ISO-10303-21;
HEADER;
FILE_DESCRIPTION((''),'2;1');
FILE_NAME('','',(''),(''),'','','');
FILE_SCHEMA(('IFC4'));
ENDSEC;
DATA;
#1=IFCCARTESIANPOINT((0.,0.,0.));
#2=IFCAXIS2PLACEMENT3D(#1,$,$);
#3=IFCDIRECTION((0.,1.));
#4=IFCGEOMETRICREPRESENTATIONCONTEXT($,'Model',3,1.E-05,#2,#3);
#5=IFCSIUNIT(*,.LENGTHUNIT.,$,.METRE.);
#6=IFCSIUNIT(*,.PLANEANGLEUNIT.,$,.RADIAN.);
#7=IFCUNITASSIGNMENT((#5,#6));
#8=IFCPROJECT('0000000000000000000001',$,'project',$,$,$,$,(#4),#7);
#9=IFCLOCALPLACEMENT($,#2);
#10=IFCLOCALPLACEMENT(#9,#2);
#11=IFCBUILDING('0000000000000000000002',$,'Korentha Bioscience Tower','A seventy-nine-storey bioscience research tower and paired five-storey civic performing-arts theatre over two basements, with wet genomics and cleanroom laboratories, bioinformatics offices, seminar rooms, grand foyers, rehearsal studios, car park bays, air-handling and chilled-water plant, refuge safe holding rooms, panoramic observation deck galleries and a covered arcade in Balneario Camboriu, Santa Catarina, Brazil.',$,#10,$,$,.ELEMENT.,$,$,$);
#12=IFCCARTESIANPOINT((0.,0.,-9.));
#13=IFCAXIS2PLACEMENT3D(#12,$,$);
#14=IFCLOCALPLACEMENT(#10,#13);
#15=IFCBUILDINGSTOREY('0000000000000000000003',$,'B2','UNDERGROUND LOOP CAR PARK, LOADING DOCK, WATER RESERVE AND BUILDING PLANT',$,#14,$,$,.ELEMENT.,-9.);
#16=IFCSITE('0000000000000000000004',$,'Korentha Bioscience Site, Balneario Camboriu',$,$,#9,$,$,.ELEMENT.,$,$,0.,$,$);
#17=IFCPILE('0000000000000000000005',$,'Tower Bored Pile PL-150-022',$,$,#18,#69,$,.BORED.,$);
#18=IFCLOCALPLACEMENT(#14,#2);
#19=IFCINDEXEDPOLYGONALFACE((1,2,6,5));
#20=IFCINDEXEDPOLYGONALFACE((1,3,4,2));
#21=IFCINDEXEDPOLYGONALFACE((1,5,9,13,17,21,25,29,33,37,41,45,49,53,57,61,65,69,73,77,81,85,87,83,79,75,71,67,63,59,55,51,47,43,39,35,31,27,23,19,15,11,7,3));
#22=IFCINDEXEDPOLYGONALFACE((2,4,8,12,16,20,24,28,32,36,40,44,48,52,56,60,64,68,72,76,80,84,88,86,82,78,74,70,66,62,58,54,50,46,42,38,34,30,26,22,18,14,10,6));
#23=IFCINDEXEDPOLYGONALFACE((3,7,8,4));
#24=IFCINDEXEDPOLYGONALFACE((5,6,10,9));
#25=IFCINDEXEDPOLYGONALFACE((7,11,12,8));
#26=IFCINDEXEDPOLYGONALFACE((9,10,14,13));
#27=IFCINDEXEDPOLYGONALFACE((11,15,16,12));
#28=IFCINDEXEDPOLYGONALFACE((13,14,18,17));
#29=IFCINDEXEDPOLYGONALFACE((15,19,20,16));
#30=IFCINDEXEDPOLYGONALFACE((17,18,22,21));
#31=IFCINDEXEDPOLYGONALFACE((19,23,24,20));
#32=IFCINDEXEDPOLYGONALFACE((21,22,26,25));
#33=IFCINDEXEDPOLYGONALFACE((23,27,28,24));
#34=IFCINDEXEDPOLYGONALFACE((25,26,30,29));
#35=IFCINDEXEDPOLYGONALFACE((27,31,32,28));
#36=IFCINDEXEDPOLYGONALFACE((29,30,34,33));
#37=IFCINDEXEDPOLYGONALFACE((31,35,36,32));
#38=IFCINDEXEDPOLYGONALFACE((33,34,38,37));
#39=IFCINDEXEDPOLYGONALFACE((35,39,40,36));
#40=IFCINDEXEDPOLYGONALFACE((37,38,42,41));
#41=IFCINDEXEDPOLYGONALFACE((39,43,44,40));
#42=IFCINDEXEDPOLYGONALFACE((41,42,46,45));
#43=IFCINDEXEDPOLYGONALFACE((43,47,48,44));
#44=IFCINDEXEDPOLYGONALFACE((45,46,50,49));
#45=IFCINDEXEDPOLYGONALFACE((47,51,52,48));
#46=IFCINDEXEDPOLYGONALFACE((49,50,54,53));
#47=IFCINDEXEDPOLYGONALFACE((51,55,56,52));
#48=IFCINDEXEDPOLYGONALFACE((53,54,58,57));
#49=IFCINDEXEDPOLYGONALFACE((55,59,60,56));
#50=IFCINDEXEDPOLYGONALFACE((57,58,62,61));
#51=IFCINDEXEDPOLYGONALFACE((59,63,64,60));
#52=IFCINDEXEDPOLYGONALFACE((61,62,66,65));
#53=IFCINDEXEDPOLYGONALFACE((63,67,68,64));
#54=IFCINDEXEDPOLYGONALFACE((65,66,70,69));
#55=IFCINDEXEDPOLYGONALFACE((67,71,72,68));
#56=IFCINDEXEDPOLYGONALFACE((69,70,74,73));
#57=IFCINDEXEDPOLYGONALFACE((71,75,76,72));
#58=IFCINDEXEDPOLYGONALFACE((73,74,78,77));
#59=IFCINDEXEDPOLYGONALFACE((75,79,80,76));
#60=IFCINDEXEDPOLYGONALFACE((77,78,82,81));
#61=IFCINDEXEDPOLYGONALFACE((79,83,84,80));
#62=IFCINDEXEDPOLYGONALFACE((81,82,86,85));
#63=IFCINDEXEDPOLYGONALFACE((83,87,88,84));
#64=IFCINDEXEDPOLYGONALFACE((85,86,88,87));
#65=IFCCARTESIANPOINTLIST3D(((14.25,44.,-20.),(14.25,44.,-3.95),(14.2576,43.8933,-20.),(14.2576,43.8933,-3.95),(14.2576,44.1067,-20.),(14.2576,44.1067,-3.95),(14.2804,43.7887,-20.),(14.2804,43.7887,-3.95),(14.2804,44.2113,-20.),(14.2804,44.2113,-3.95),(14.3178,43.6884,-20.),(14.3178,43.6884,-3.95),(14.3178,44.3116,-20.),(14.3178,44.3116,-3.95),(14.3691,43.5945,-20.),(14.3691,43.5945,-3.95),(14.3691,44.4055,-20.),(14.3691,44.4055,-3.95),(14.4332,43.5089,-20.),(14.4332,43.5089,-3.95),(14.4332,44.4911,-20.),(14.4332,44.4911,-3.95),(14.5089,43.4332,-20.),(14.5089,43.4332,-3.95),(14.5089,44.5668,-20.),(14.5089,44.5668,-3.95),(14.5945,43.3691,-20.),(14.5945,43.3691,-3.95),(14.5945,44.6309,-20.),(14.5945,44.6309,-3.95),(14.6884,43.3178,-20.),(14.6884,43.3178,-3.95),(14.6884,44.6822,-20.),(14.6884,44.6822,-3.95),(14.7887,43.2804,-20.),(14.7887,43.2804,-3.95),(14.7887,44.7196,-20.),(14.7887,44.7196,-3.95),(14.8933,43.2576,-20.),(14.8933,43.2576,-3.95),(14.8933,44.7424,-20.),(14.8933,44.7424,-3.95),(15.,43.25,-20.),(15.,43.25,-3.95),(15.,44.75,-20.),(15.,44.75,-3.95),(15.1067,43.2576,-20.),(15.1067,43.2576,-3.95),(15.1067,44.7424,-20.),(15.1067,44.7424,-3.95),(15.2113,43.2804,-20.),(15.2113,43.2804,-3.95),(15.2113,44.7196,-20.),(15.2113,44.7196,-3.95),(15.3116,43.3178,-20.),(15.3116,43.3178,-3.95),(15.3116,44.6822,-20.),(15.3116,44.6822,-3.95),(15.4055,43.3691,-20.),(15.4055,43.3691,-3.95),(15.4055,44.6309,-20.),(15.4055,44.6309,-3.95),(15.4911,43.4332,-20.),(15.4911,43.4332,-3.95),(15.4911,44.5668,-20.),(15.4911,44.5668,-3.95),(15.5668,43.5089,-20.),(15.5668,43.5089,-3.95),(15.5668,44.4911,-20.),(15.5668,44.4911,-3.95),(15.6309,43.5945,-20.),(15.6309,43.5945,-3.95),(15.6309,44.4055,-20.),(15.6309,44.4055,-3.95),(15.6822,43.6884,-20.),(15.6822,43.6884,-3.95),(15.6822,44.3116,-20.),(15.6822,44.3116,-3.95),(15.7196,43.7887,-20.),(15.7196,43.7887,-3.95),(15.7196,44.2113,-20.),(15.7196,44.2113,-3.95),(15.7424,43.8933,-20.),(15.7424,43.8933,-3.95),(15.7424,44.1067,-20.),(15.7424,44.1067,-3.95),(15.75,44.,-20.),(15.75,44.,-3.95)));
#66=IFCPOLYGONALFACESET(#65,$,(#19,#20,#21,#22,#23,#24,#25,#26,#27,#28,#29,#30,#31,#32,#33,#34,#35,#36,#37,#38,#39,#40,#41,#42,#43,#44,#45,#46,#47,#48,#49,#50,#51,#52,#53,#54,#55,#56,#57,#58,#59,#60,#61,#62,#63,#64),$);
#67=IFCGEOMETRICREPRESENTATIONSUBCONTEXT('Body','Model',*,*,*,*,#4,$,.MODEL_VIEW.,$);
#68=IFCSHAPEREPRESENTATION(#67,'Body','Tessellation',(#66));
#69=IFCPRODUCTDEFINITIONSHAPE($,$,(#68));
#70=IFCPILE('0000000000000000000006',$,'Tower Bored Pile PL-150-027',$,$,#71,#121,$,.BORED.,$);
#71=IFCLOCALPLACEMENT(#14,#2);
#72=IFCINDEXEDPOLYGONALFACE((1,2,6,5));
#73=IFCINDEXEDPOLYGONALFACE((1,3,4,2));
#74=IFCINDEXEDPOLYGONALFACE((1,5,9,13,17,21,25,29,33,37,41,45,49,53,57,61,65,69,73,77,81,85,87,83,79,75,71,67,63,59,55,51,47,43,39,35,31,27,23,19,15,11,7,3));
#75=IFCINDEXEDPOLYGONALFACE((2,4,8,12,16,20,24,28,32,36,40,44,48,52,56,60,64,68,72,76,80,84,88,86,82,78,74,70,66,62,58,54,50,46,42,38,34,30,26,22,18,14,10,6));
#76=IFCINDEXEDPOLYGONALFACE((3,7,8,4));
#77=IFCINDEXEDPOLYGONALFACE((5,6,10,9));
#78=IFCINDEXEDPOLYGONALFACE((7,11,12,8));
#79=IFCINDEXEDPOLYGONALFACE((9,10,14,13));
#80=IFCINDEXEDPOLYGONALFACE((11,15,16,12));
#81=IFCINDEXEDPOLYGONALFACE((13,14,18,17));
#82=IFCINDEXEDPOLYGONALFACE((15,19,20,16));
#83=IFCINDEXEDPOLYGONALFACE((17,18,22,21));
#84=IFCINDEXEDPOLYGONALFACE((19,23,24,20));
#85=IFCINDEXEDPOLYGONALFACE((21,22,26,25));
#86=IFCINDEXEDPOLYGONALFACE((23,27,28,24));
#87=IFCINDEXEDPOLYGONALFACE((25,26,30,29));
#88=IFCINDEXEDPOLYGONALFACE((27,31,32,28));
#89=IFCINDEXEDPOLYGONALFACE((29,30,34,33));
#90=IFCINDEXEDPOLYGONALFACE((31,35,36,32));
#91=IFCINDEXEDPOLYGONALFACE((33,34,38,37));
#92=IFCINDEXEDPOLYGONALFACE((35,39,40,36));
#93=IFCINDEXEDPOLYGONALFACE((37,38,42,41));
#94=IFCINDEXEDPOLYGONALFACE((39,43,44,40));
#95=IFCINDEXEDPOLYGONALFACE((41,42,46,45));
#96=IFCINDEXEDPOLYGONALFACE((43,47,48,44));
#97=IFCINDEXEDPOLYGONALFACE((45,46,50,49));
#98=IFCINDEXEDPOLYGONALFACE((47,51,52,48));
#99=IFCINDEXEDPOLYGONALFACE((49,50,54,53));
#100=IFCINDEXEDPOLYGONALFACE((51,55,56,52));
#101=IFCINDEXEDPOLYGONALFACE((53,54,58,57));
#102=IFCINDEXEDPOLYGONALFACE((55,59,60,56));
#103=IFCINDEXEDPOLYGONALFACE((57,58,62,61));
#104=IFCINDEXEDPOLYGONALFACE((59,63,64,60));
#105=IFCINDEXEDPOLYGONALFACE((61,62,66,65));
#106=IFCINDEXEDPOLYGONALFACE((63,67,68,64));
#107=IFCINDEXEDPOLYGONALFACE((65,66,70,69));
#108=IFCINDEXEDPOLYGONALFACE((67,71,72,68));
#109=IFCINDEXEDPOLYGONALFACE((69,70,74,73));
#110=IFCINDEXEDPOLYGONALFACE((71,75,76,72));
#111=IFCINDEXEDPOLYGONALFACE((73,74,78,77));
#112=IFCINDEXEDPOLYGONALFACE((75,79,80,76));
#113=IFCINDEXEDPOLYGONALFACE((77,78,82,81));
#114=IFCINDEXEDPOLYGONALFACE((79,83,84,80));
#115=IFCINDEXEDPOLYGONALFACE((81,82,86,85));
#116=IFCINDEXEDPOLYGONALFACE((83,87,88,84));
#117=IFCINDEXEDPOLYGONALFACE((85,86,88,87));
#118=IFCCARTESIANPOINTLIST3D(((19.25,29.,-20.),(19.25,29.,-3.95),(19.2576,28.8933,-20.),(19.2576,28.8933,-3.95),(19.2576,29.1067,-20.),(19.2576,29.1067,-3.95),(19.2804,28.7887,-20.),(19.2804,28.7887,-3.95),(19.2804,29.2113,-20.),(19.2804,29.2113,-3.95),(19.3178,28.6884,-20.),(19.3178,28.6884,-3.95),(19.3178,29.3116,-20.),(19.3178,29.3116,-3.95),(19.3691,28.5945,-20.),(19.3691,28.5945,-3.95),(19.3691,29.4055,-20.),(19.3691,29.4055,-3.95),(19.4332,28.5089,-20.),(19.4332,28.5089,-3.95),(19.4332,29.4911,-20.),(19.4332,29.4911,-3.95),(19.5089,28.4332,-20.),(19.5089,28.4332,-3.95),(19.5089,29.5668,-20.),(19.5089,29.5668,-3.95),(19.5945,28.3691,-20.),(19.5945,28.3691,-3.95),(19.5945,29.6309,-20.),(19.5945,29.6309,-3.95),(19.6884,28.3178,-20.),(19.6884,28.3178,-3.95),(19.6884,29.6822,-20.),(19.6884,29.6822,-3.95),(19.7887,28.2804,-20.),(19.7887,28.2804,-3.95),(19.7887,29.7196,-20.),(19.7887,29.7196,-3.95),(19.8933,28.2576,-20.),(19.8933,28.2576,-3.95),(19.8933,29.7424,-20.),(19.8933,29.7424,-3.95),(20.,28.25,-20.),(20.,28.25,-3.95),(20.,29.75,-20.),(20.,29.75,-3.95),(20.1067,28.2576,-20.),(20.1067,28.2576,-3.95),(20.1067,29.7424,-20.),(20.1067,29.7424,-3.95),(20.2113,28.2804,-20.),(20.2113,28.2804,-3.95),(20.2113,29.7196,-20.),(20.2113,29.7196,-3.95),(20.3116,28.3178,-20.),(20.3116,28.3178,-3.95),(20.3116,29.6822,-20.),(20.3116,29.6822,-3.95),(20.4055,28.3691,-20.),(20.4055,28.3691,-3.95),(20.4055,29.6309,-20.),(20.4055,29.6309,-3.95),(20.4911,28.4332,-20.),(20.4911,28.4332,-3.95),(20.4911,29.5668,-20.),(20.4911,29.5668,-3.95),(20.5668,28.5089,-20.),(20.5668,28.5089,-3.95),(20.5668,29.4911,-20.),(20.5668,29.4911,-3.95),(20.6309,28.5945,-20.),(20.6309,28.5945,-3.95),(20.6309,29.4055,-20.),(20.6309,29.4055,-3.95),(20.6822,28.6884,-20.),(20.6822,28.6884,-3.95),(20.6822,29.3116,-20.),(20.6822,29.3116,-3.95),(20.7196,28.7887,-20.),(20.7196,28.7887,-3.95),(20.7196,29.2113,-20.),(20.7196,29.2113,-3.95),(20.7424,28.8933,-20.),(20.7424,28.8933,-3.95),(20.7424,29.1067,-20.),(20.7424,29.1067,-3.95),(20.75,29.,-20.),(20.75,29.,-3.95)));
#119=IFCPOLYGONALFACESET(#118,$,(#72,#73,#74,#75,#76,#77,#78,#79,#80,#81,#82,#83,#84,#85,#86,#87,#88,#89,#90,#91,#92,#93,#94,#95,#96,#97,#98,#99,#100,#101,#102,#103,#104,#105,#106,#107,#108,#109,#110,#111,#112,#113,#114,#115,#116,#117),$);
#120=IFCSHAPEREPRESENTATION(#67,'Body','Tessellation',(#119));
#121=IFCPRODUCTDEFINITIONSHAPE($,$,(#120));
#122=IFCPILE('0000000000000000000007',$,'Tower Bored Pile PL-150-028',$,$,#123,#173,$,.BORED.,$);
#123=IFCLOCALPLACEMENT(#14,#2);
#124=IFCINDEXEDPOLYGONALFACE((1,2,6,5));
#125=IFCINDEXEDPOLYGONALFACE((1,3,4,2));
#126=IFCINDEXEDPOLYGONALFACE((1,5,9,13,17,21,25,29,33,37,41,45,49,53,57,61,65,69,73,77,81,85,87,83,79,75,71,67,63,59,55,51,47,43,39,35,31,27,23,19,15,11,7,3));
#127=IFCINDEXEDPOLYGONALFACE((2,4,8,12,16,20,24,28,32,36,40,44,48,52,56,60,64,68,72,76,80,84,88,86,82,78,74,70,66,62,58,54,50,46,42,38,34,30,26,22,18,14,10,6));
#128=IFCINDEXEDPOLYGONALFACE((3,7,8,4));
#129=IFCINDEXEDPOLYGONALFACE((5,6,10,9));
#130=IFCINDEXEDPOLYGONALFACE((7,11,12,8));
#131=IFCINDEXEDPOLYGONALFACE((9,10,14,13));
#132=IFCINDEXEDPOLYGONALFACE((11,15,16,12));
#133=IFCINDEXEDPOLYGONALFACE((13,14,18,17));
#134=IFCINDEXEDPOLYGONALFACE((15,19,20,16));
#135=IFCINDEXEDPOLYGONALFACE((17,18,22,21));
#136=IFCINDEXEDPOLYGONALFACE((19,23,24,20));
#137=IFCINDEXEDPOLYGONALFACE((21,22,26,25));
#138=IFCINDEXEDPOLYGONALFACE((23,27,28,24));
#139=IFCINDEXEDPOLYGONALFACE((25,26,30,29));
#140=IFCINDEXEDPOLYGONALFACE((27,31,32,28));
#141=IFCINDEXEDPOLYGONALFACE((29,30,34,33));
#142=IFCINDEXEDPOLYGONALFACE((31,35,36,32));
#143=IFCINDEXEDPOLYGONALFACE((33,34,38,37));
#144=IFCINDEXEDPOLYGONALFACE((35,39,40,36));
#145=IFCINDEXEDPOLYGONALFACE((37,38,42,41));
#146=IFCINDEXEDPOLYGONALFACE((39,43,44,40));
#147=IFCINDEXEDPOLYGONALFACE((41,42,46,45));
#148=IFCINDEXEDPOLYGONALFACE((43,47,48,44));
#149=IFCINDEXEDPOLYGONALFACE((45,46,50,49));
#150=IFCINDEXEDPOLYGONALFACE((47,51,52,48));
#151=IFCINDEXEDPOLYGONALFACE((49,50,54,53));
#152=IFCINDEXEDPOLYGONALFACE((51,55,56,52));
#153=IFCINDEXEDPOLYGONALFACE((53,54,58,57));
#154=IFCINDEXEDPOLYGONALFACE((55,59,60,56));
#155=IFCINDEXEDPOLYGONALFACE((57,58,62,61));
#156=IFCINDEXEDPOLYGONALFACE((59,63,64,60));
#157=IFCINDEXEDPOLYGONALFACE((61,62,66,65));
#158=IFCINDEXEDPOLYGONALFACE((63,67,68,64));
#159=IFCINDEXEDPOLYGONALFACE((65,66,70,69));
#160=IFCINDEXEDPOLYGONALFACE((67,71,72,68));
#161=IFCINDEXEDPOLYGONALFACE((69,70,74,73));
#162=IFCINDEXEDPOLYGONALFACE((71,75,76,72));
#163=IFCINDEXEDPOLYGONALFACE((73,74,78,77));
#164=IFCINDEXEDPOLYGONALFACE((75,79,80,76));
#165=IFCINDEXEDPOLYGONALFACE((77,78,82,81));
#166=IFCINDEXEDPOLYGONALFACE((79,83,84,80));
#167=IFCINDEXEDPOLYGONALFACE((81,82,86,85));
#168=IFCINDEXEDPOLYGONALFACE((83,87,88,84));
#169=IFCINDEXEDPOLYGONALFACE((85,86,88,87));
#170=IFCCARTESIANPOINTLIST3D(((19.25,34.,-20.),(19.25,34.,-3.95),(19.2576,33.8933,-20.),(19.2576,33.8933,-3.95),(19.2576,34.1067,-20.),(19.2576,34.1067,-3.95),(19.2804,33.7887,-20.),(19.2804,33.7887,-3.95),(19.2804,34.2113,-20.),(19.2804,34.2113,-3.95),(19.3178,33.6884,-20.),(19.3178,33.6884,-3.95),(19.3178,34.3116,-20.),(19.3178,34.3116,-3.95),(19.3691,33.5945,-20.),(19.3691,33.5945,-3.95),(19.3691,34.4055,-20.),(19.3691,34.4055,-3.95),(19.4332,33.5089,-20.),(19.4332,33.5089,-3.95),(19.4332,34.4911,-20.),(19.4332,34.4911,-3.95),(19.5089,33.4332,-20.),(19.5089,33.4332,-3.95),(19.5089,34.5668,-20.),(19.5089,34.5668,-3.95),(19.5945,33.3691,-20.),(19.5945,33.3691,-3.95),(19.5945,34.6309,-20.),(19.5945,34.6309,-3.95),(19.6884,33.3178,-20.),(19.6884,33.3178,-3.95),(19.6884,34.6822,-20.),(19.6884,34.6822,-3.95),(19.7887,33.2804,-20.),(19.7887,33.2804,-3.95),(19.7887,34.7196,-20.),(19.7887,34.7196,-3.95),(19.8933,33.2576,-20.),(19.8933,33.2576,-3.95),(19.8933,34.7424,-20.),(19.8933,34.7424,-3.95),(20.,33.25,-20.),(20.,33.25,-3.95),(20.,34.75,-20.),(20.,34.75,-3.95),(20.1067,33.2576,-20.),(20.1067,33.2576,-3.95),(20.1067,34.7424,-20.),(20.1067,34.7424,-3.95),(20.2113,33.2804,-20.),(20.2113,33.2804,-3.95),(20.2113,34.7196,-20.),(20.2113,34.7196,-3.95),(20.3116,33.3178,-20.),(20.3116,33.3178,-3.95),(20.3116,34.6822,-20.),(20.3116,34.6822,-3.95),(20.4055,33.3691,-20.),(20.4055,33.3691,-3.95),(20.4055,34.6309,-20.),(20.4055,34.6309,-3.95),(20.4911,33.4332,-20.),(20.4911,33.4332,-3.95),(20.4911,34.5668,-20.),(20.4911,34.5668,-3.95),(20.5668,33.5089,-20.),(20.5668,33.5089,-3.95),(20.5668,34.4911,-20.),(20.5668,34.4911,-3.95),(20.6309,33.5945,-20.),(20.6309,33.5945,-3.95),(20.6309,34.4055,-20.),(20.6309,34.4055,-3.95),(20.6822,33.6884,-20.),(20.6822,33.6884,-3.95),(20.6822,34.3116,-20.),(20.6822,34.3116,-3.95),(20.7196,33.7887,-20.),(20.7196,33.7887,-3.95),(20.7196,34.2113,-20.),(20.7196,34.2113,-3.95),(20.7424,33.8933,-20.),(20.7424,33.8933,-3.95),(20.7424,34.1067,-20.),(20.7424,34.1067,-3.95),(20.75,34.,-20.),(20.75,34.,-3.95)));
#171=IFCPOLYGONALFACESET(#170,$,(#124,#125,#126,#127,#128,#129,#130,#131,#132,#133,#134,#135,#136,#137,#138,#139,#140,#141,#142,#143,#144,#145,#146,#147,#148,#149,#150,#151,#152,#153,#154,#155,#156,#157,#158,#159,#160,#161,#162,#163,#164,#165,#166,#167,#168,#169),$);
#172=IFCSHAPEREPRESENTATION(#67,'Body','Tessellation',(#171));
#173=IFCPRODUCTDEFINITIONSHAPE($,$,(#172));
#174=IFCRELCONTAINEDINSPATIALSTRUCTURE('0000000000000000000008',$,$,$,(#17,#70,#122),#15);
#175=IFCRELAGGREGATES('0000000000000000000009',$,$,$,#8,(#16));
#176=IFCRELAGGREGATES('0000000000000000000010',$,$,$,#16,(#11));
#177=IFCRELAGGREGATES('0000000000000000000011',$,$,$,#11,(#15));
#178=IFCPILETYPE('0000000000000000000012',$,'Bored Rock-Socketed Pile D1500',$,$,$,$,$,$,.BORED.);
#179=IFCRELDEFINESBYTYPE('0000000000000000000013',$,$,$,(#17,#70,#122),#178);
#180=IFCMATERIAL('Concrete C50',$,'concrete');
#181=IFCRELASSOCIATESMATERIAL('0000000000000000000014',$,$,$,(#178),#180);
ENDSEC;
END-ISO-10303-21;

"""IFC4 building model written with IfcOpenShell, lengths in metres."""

from ifc_helpers import new_model, si_unit, direction, frame, origin, origin_2d, place, context, subcontext, project, spatial, circle, extrude, material, material_profile, profile_set, type_object, element, save


model = new_model("IFC4")

# Units and contexts
model_context = context("Model", 3, precision=1e-05, world=origin(), true_north=direction((0.0, 1.0)))
body_context = subcontext(model_context, "Body", "Model", "MODEL_VIEW")
ifc_project = project(units=[si_unit("LENGTHUNIT", "METRE"), si_unit("PLANEANGLEUNIT", "RADIAN")], contexts=[model_context])

# Site, building, storey
site_placement = place(None, origin())
site = spatial("IfcSite", under=ifc_project, at=site_placement, Name="Korentha Bioscience Site, Balneario Camboriu", CompositionType="ELEMENT", RefElevation=0.0)
building_placement = place(site_placement, origin())
building = spatial("IfcBuilding", under=site, at=building_placement, Name="Korentha Bioscience Tower", Description="A seventy-nine-storey bioscience research tower and paired five-storey civic performing-arts theatre over two basements, with wet genomics and cleanroom laboratories, bioinformatics offices, seminar rooms, grand foyers, rehearsal studios, car park bays, air-handling and chilled-water plant, refuge safe holding rooms, panoramic observation deck galleries and a covered arcade in Balneario Camboriu, Santa Catarina, Brazil.", CompositionType="ELEMENT")
storey_placement = place(building_placement, frame((0.0, 0.0, -9.0)))
storey = spatial("IfcBuildingStorey", under=building, at=storey_placement, Name="B2", Description="UNDERGROUND LOOP CAR PARK, LOADING DOCK, WATER RESERVE AND BUILDING PLANT", CompositionType="ELEMENT", Elevation=-9.0)

# Piles
ifc_material_1 = material(Name="Concrete C50", Category="concrete")
ifc_material_profile_1 = material_profile(ifc_material_1, circle(Radius=0.75, at=origin_2d()), Name="Concrete C50")
ifc_profile_set_1 = profile_set([ifc_material_profile_1], Name="Concrete C50 (PL-150)")
pile_type = type_object("IfcPileType", Name="Bored Rock-Socketed Pile D1500", PredefinedType="BORED", material=ifc_profile_set_1)
for number, where, z_axis, x_axis, name in (
    (1, (15.0, 44.0, -3.95), (0.0, 0.0, -1.0), (1.0, 0.0, 0.0), "Tower Bored Pile PL-150-022"),
    (2, (20.0, 29.0, -3.95), (0.0, 0.0, -1.0), (1.0, 0.0, 0.0), "Tower Bored Pile PL-150-027"),
    (3, (20.0, 34.0, -3.95), (0.0, 0.0, -1.0), (1.0, 0.0, 0.0), "Tower Bored Pile PL-150-028"),
):
    element("IfcPile", number, at=place(storey_placement, frame(where, z_axis=z_axis, x_axis=x_axis)), inside=storey, type_object=pile_type, Name=name, PredefinedType="BORED", context=body_context, shape_type="SweptSolid", body=[
        extrude(circle(Radius=0.75, at=origin_2d()), origin(), (0.0, 0.0, 1.0), 16.05),
    ])

save(model, "model.ifc")
